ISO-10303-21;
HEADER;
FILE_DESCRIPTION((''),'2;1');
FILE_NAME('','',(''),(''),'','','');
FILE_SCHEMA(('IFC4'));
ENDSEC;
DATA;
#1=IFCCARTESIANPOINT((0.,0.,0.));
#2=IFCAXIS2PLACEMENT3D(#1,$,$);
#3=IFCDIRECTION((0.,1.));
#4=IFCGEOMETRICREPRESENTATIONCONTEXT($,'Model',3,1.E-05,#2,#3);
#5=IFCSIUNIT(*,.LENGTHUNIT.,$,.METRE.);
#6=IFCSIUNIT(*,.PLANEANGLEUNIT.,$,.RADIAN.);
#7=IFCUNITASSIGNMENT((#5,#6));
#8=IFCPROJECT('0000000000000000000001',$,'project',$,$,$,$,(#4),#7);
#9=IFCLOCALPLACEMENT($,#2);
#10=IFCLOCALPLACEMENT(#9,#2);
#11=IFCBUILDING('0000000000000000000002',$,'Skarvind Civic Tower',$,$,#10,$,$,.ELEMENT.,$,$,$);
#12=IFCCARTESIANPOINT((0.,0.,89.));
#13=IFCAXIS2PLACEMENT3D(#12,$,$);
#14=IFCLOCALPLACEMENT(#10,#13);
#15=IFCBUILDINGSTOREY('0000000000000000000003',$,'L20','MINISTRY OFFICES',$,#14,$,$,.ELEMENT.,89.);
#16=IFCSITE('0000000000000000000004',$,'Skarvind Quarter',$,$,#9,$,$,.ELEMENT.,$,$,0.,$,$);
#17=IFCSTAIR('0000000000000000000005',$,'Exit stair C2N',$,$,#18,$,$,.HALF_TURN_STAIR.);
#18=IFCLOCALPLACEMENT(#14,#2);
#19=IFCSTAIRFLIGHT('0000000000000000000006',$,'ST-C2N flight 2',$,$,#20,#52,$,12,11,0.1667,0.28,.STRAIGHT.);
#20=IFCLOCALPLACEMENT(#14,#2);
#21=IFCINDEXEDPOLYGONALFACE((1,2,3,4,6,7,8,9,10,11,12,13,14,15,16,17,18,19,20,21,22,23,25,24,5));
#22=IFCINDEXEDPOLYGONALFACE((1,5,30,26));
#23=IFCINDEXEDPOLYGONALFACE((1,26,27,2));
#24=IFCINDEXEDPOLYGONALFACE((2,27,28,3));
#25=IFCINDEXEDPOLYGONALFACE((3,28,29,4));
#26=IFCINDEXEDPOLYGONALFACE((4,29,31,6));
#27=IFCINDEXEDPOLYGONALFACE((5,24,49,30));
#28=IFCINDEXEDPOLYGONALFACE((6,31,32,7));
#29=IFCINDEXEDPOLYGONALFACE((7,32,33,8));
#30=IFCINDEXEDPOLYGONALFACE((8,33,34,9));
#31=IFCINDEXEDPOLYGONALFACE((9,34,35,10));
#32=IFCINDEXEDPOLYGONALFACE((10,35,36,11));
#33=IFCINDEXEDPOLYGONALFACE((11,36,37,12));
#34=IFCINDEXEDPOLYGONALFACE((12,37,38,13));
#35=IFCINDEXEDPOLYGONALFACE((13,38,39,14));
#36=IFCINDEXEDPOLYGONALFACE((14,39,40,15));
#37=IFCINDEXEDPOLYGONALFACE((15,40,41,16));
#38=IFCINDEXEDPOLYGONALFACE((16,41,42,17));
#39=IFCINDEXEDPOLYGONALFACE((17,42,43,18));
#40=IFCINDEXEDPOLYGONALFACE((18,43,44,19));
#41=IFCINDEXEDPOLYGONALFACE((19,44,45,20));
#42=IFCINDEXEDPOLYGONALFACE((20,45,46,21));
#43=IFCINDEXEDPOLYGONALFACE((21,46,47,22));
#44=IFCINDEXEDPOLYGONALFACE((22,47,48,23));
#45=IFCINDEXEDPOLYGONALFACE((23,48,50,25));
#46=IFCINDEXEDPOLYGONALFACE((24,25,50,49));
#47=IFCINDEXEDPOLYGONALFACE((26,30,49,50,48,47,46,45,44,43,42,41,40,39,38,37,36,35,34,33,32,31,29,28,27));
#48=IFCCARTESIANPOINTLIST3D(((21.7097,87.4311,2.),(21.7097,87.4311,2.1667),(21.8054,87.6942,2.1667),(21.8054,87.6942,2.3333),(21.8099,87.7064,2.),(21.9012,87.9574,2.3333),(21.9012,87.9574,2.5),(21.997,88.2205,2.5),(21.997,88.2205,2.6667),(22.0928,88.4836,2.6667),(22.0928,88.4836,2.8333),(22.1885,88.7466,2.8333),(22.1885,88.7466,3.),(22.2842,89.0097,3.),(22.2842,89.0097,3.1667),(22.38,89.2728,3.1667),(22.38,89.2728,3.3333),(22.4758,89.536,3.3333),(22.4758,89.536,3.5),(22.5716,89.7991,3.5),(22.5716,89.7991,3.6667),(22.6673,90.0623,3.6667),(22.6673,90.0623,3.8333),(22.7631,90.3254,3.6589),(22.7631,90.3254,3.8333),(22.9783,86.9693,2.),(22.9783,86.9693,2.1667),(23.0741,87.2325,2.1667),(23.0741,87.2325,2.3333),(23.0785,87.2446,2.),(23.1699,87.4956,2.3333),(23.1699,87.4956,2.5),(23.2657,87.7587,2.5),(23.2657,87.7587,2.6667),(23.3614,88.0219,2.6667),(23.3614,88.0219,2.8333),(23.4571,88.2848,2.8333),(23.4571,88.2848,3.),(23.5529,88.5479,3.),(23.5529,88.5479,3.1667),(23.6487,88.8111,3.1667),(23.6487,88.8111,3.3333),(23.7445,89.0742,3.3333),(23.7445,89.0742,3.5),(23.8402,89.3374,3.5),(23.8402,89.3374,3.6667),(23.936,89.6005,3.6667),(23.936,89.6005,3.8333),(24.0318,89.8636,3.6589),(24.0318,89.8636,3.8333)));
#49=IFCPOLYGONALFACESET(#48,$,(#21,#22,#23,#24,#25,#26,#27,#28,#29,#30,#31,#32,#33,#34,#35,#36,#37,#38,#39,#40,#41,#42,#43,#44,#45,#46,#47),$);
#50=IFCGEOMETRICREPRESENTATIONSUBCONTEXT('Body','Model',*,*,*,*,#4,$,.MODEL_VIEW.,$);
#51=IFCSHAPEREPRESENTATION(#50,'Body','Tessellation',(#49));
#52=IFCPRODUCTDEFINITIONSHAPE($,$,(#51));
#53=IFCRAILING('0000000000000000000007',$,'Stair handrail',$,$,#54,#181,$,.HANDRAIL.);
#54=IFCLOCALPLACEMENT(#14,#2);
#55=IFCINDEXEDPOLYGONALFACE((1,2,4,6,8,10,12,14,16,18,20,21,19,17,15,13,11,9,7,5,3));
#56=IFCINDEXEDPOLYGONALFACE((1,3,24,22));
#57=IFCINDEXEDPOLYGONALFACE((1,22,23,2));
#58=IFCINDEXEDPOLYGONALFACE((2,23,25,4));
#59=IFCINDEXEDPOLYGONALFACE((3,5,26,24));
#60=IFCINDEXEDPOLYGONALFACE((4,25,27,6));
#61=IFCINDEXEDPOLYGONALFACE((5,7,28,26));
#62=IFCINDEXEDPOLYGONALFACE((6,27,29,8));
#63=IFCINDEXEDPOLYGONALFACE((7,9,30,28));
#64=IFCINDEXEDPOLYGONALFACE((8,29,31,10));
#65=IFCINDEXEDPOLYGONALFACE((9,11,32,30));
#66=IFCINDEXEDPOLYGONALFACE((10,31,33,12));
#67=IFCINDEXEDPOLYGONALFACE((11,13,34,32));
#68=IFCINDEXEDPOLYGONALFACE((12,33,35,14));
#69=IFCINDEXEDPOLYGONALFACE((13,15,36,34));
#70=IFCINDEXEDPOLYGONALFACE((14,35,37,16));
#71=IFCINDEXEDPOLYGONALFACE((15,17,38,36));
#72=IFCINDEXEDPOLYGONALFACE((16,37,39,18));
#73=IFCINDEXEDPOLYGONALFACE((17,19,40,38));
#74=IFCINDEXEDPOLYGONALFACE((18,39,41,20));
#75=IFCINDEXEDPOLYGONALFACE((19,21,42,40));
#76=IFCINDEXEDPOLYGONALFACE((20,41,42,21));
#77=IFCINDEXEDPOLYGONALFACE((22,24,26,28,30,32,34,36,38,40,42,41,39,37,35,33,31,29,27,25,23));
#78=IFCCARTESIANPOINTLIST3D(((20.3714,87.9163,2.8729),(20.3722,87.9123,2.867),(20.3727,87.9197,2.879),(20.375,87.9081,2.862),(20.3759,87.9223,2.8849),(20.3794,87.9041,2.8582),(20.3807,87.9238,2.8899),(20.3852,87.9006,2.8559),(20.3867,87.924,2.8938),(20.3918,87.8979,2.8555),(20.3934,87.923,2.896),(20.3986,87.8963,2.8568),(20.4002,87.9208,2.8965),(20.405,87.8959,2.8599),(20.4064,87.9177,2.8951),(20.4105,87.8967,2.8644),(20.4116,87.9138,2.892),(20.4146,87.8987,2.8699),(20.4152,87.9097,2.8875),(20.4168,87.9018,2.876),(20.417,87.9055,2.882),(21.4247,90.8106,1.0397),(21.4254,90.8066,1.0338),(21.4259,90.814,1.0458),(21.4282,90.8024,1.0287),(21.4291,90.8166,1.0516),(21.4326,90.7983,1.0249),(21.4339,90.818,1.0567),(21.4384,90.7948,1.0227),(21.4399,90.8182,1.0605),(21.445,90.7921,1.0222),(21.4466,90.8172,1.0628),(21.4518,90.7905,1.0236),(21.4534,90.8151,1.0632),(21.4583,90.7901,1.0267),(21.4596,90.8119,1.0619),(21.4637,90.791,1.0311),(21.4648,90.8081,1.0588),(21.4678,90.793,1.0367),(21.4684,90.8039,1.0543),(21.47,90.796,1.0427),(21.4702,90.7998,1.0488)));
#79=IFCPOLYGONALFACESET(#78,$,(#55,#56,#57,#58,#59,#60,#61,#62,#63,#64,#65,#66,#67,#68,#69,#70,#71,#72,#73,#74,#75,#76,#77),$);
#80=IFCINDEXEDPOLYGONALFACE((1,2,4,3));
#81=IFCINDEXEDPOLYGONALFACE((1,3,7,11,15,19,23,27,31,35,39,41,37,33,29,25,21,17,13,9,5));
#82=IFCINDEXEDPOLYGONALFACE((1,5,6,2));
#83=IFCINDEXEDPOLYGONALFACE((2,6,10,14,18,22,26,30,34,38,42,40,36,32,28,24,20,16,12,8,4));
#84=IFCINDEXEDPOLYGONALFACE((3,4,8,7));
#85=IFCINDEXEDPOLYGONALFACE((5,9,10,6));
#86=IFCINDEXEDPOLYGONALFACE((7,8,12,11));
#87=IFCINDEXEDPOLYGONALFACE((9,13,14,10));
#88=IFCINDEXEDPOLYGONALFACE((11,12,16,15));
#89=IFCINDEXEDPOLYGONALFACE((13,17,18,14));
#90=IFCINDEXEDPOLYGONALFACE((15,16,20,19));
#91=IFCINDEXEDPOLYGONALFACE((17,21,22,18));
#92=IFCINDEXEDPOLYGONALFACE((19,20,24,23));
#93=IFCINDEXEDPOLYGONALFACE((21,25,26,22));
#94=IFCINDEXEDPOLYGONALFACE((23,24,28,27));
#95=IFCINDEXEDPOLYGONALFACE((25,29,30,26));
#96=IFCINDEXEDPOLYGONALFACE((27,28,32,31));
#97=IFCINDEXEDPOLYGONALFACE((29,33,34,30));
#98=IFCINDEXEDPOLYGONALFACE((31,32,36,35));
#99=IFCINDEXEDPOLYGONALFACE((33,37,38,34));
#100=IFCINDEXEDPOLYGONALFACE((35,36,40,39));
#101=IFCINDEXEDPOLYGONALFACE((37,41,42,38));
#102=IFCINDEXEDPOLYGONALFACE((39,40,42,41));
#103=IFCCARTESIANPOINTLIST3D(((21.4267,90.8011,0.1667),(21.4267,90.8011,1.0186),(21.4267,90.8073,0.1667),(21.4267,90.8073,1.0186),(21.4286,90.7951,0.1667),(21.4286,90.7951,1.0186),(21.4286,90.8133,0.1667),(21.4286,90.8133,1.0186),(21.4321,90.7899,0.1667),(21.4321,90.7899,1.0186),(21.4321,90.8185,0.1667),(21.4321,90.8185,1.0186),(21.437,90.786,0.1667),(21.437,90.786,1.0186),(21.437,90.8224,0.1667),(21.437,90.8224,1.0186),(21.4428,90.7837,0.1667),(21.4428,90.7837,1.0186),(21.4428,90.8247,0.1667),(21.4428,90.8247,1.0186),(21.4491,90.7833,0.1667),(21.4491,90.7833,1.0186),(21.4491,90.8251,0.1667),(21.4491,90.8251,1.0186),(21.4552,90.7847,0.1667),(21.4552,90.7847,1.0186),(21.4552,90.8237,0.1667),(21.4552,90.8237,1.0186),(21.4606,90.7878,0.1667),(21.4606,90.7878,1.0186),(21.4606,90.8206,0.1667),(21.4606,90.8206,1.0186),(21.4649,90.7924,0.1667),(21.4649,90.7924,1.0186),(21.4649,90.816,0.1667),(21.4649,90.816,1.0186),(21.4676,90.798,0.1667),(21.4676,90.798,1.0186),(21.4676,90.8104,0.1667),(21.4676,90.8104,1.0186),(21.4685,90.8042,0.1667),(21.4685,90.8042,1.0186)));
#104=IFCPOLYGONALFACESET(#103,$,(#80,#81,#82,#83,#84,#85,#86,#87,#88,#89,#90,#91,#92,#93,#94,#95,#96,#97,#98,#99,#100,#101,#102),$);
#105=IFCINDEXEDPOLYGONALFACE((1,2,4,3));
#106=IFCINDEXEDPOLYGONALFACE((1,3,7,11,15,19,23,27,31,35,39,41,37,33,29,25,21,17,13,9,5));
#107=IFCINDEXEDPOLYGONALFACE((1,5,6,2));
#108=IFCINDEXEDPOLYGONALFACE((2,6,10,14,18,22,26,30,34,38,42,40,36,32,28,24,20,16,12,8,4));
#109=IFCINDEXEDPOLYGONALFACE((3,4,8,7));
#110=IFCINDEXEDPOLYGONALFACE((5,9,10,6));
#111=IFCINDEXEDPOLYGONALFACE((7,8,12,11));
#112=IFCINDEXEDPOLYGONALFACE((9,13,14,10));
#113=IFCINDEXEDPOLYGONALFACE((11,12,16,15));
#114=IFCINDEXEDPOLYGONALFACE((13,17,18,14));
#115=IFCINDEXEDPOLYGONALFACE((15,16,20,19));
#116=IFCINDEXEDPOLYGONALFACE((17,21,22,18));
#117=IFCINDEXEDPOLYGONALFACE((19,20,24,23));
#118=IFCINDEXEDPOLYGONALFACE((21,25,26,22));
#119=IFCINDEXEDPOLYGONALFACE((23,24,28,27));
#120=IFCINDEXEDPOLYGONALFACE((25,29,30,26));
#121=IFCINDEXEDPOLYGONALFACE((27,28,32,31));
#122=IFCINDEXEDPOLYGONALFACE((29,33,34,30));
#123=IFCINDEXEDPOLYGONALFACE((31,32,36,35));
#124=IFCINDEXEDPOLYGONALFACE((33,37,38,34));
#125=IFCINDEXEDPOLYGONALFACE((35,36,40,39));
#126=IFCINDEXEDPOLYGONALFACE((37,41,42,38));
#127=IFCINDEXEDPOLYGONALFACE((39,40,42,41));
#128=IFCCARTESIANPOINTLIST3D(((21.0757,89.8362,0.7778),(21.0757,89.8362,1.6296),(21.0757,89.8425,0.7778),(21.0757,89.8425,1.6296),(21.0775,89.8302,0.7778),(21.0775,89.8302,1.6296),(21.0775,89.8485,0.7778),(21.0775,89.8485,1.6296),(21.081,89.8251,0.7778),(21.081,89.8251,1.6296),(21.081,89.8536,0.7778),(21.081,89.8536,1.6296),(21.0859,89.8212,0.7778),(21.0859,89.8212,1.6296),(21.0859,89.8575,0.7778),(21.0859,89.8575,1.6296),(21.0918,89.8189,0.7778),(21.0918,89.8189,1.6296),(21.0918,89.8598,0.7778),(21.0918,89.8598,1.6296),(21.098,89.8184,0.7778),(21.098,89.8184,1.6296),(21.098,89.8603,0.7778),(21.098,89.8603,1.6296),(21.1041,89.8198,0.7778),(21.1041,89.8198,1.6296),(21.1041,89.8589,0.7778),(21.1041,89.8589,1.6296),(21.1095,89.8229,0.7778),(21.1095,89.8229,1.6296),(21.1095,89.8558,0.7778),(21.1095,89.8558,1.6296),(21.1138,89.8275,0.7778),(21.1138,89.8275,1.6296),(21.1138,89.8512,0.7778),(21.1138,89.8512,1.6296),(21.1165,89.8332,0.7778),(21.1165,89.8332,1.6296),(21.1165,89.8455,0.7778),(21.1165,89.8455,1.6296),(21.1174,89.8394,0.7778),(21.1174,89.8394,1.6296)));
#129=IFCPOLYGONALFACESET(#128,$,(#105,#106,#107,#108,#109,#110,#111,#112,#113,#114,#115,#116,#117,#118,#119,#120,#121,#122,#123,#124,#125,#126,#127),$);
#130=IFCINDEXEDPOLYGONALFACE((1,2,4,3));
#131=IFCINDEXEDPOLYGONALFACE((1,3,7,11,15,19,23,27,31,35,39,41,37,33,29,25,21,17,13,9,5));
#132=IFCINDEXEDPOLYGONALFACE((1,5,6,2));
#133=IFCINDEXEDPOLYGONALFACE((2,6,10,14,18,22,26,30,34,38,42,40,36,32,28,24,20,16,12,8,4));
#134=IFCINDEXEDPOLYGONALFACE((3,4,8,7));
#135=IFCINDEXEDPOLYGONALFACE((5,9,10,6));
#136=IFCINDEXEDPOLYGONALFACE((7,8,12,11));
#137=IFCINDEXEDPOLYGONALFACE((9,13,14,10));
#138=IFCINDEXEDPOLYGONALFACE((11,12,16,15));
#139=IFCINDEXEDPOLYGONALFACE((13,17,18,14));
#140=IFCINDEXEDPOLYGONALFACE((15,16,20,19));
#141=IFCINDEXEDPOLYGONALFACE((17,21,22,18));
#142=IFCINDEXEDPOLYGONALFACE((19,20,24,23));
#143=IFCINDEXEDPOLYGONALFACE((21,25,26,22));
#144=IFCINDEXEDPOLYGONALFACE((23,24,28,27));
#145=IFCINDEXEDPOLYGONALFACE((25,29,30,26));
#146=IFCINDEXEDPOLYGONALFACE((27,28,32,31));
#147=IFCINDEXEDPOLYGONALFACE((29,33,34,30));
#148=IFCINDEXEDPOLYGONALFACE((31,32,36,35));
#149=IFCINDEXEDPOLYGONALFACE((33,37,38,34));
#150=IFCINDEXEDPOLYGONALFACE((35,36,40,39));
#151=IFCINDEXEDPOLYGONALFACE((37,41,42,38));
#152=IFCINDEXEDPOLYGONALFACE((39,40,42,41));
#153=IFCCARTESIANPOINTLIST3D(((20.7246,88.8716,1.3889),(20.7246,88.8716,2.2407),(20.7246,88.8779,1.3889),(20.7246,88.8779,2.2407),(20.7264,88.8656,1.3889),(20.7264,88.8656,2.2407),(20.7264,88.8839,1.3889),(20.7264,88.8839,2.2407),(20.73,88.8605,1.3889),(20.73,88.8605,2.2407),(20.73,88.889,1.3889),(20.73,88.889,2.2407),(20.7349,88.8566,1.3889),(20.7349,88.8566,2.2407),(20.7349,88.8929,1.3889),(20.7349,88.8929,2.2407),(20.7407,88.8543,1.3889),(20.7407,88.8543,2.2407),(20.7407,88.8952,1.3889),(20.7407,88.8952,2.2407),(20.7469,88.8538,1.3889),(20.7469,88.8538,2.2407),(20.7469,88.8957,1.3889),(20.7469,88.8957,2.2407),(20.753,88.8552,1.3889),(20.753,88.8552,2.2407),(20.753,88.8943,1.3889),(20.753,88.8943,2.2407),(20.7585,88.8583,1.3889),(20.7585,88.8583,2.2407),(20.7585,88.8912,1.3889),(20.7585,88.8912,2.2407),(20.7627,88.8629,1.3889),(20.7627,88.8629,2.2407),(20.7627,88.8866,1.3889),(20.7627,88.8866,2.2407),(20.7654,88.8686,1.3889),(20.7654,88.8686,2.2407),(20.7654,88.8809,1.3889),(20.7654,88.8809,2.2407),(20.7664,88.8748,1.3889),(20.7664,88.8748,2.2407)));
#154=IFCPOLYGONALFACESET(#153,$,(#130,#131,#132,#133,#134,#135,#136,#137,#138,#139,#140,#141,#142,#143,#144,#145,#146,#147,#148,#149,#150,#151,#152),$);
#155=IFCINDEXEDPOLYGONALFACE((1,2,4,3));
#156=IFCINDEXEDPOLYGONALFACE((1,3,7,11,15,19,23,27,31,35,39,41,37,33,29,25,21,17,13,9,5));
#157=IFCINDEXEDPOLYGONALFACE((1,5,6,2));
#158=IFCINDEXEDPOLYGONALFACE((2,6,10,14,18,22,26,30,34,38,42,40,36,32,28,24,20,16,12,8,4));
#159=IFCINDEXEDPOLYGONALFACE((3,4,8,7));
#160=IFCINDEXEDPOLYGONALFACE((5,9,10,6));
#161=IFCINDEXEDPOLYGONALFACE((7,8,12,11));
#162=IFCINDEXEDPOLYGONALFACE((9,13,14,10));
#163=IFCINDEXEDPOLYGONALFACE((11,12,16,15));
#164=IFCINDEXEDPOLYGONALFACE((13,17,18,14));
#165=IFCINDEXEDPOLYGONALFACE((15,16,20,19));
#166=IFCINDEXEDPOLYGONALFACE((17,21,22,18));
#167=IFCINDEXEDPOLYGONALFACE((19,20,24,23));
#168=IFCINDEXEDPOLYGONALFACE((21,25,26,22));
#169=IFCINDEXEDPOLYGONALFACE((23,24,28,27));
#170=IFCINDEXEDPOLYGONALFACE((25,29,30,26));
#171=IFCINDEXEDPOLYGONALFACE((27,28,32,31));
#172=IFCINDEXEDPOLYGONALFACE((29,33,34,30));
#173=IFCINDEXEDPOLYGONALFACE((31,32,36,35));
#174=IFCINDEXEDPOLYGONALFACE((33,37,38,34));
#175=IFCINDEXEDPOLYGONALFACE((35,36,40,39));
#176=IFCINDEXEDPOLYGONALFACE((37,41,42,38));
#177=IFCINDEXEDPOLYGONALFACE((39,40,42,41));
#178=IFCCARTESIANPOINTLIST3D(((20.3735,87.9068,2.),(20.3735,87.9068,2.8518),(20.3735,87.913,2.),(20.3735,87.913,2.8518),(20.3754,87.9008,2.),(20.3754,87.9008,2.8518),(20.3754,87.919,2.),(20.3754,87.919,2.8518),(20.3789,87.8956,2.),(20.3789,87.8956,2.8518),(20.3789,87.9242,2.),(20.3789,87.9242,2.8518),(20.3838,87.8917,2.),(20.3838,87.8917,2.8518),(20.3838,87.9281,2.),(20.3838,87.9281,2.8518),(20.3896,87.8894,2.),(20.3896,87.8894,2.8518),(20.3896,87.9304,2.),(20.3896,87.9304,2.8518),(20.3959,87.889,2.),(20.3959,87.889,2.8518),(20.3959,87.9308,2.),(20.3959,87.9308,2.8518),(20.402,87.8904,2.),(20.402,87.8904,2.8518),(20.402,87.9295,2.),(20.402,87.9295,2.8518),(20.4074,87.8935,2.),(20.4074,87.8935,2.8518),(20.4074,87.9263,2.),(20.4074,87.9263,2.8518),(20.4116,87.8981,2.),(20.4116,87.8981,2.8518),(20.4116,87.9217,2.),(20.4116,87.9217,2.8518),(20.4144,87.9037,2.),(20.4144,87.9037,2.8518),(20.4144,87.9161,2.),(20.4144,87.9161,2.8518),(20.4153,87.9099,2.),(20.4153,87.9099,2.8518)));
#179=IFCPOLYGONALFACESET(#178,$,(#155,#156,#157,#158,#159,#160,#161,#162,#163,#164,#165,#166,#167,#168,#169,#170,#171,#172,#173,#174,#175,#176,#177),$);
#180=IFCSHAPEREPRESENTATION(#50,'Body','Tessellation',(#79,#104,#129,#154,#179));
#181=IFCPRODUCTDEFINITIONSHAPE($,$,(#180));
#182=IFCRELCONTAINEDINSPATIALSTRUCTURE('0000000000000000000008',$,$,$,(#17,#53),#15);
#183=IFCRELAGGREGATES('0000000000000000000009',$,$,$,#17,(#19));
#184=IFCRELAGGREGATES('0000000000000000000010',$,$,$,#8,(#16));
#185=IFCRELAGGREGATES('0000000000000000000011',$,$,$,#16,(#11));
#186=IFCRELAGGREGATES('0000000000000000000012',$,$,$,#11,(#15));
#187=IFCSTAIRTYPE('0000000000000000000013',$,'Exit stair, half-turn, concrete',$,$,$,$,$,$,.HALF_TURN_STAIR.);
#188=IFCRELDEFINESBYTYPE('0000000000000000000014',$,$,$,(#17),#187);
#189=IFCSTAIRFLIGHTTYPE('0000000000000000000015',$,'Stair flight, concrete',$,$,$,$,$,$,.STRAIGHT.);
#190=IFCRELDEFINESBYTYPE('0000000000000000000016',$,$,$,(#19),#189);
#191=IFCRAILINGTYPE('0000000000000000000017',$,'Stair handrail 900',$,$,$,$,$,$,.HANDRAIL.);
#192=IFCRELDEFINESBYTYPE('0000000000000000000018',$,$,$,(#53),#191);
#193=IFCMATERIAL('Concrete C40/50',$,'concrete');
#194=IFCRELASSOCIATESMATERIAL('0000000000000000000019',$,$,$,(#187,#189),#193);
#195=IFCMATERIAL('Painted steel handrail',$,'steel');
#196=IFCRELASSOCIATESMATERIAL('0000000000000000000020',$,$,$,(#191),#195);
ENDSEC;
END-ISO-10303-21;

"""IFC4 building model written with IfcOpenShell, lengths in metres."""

from ifc_helpers import new_model, si_unit, direction, frame, origin, origin_2d, place, context, subcontext, project, spatial, polyline, circle, outline, extrude, material, type_object, element, aggregate, save


model = new_model("IFC4")

# Units and contexts
model_context = context("Model", 3, precision=1e-05, world=origin(), true_north=direction((0.0, 1.0)))
body_context = subcontext(model_context, "Body", "Model", "MODEL_VIEW")
ifc_project = project(units=[si_unit("LENGTHUNIT", "METRE"), si_unit("PLANEANGLEUNIT", "RADIAN")], contexts=[model_context])

# Site, building, storey
site_placement = place(None, origin())
site = spatial("IfcSite", under=ifc_project, at=site_placement, Name="Skarvind Quarter", CompositionType="ELEMENT", RefElevation=0.0)
building_placement = place(site_placement, origin())
building = spatial("IfcBuilding", under=site, at=building_placement, Name="Skarvind Civic Tower", CompositionType="ELEMENT")
storey_placement = place(building_placement, frame((0.0, 0.0, 89.0)))
storey = spatial("IfcBuildingStorey", under=building, at=storey_placement, Name="L20", Description="MINISTRY OFFICES", CompositionType="ELEMENT", Elevation=89.0)

# Stair, stair flight
ifc_material_1 = material(Name="Concrete C40/50", Category="concrete")
stair_type = type_object("IfcStairType", Name="Exit stair, half-turn, concrete", PredefinedType="HALF_TURN_STAIR", material=ifc_material_1)
stair_placement = place(storey_placement, origin())
stair = element("IfcStair", 1, at=stair_placement, inside=storey, type_object=stair_type, Name="Exit stair C2N", PredefinedType="HALF_TURN_STAIR")
stair_flight_type = type_object("IfcStairFlightType", Name="Stair flight, concrete", PredefinedType="STRAIGHT", material=ifc_material_1)
stair_flight_1_placement = place(storey_placement, frame((22.344, 87.2002, 2.0), z_axis=(0.0, 0.0, 1.0), x_axis=(0.34202, 0.939693, 0.0)))
stair_flight_1 = element("IfcStairFlight", 2, at=stair_flight_1_placement, type_object=stair_flight_type, Name="ST-C2N flight 2", NumberOfRisers=12, NumberOfTreads=11, PredefinedType="STRAIGHT", RiserHeight=0.1667, TreadLength=0.28, context=body_context, shape_type="SweptSolid", body=[
    extrude(outline(polyline([(0.0, 0.0), (0.0, 0.1667), (0.28, 0.1667), (0.28, 0.3333), (0.5601, 0.3333), (0.5601, 0.5), (0.8401, 0.5), (0.8401, 0.6667), (1.1201, 0.6667), (1.1201, 0.8333), (1.3999, 0.8333), (1.3999, 1.0), (1.6799, 1.0), (1.6799, 1.1667), (1.96, 1.1667), (1.96, 1.3333), (2.24, 1.3333), (2.24, 1.5), (2.52, 1.5), (2.52, 1.6667), (2.8, 1.6667), (2.8, 1.8333), (3.0801, 1.8333), (3.0801, 2.0), (3.0801, 1.6589), (0.293, 0.0), (0.0, 0.0)])), frame((0.0, 0.675, 0.0), z_axis=(0.0, -1.0, 0.0), x_axis=(1.0, 0.0, 0.0)), (0.0, 0.0, 1.0), 1.3501),
])
aggregate(stair, [stair_flight_1])

# Railing
ifc_material_2 = material(Name="Painted steel handrail", Category="steel")
railing_type = type_object("IfcRailingType", Name="Stair handrail 900", PredefinedType="HANDRAIL", material=ifc_material_2)
railing_1_placement = place(storey_placement, frame((21.4475, 90.8042, 0.1667)))
element("IfcRailing", 3, at=railing_1_placement, inside=storey, type_object=railing_type, Name="Stair handrail", PredefinedType="HANDRAIL", context=body_context, shape_type="SweptSolid", body=[
    extrude(circle(Radius=0.0239, at=origin_2d()), frame((0.0, 0.0, 0.876), z_axis=(-0.293846, -0.807497, 0.511472), x_axis=(0.939715, -0.341959, 0.0)), (0.0, 0.0, 1.0), 3.5842),
    extrude(circle(Radius=0.021, at=origin_2d()), origin(), (0.0, 0.0, 1.0), 0.8518),
    extrude(circle(Radius=0.021, at=origin_2d()), frame((-0.3511, -0.9648, 0.6111)), (0.0, 0.0, 1.0), 0.8518),
    extrude(circle(Radius=0.021, at=origin_2d()), frame((-0.7021, -1.9294, 1.2222)), (0.0, 0.0, 1.0), 0.8518),
    extrude(circle(Radius=0.021, at=origin_2d()), frame((-1.0532, -2.8943, 1.8333)), (0.0, 0.0, 1.0), 0.8518),
])

save(model, "model.ifc")
